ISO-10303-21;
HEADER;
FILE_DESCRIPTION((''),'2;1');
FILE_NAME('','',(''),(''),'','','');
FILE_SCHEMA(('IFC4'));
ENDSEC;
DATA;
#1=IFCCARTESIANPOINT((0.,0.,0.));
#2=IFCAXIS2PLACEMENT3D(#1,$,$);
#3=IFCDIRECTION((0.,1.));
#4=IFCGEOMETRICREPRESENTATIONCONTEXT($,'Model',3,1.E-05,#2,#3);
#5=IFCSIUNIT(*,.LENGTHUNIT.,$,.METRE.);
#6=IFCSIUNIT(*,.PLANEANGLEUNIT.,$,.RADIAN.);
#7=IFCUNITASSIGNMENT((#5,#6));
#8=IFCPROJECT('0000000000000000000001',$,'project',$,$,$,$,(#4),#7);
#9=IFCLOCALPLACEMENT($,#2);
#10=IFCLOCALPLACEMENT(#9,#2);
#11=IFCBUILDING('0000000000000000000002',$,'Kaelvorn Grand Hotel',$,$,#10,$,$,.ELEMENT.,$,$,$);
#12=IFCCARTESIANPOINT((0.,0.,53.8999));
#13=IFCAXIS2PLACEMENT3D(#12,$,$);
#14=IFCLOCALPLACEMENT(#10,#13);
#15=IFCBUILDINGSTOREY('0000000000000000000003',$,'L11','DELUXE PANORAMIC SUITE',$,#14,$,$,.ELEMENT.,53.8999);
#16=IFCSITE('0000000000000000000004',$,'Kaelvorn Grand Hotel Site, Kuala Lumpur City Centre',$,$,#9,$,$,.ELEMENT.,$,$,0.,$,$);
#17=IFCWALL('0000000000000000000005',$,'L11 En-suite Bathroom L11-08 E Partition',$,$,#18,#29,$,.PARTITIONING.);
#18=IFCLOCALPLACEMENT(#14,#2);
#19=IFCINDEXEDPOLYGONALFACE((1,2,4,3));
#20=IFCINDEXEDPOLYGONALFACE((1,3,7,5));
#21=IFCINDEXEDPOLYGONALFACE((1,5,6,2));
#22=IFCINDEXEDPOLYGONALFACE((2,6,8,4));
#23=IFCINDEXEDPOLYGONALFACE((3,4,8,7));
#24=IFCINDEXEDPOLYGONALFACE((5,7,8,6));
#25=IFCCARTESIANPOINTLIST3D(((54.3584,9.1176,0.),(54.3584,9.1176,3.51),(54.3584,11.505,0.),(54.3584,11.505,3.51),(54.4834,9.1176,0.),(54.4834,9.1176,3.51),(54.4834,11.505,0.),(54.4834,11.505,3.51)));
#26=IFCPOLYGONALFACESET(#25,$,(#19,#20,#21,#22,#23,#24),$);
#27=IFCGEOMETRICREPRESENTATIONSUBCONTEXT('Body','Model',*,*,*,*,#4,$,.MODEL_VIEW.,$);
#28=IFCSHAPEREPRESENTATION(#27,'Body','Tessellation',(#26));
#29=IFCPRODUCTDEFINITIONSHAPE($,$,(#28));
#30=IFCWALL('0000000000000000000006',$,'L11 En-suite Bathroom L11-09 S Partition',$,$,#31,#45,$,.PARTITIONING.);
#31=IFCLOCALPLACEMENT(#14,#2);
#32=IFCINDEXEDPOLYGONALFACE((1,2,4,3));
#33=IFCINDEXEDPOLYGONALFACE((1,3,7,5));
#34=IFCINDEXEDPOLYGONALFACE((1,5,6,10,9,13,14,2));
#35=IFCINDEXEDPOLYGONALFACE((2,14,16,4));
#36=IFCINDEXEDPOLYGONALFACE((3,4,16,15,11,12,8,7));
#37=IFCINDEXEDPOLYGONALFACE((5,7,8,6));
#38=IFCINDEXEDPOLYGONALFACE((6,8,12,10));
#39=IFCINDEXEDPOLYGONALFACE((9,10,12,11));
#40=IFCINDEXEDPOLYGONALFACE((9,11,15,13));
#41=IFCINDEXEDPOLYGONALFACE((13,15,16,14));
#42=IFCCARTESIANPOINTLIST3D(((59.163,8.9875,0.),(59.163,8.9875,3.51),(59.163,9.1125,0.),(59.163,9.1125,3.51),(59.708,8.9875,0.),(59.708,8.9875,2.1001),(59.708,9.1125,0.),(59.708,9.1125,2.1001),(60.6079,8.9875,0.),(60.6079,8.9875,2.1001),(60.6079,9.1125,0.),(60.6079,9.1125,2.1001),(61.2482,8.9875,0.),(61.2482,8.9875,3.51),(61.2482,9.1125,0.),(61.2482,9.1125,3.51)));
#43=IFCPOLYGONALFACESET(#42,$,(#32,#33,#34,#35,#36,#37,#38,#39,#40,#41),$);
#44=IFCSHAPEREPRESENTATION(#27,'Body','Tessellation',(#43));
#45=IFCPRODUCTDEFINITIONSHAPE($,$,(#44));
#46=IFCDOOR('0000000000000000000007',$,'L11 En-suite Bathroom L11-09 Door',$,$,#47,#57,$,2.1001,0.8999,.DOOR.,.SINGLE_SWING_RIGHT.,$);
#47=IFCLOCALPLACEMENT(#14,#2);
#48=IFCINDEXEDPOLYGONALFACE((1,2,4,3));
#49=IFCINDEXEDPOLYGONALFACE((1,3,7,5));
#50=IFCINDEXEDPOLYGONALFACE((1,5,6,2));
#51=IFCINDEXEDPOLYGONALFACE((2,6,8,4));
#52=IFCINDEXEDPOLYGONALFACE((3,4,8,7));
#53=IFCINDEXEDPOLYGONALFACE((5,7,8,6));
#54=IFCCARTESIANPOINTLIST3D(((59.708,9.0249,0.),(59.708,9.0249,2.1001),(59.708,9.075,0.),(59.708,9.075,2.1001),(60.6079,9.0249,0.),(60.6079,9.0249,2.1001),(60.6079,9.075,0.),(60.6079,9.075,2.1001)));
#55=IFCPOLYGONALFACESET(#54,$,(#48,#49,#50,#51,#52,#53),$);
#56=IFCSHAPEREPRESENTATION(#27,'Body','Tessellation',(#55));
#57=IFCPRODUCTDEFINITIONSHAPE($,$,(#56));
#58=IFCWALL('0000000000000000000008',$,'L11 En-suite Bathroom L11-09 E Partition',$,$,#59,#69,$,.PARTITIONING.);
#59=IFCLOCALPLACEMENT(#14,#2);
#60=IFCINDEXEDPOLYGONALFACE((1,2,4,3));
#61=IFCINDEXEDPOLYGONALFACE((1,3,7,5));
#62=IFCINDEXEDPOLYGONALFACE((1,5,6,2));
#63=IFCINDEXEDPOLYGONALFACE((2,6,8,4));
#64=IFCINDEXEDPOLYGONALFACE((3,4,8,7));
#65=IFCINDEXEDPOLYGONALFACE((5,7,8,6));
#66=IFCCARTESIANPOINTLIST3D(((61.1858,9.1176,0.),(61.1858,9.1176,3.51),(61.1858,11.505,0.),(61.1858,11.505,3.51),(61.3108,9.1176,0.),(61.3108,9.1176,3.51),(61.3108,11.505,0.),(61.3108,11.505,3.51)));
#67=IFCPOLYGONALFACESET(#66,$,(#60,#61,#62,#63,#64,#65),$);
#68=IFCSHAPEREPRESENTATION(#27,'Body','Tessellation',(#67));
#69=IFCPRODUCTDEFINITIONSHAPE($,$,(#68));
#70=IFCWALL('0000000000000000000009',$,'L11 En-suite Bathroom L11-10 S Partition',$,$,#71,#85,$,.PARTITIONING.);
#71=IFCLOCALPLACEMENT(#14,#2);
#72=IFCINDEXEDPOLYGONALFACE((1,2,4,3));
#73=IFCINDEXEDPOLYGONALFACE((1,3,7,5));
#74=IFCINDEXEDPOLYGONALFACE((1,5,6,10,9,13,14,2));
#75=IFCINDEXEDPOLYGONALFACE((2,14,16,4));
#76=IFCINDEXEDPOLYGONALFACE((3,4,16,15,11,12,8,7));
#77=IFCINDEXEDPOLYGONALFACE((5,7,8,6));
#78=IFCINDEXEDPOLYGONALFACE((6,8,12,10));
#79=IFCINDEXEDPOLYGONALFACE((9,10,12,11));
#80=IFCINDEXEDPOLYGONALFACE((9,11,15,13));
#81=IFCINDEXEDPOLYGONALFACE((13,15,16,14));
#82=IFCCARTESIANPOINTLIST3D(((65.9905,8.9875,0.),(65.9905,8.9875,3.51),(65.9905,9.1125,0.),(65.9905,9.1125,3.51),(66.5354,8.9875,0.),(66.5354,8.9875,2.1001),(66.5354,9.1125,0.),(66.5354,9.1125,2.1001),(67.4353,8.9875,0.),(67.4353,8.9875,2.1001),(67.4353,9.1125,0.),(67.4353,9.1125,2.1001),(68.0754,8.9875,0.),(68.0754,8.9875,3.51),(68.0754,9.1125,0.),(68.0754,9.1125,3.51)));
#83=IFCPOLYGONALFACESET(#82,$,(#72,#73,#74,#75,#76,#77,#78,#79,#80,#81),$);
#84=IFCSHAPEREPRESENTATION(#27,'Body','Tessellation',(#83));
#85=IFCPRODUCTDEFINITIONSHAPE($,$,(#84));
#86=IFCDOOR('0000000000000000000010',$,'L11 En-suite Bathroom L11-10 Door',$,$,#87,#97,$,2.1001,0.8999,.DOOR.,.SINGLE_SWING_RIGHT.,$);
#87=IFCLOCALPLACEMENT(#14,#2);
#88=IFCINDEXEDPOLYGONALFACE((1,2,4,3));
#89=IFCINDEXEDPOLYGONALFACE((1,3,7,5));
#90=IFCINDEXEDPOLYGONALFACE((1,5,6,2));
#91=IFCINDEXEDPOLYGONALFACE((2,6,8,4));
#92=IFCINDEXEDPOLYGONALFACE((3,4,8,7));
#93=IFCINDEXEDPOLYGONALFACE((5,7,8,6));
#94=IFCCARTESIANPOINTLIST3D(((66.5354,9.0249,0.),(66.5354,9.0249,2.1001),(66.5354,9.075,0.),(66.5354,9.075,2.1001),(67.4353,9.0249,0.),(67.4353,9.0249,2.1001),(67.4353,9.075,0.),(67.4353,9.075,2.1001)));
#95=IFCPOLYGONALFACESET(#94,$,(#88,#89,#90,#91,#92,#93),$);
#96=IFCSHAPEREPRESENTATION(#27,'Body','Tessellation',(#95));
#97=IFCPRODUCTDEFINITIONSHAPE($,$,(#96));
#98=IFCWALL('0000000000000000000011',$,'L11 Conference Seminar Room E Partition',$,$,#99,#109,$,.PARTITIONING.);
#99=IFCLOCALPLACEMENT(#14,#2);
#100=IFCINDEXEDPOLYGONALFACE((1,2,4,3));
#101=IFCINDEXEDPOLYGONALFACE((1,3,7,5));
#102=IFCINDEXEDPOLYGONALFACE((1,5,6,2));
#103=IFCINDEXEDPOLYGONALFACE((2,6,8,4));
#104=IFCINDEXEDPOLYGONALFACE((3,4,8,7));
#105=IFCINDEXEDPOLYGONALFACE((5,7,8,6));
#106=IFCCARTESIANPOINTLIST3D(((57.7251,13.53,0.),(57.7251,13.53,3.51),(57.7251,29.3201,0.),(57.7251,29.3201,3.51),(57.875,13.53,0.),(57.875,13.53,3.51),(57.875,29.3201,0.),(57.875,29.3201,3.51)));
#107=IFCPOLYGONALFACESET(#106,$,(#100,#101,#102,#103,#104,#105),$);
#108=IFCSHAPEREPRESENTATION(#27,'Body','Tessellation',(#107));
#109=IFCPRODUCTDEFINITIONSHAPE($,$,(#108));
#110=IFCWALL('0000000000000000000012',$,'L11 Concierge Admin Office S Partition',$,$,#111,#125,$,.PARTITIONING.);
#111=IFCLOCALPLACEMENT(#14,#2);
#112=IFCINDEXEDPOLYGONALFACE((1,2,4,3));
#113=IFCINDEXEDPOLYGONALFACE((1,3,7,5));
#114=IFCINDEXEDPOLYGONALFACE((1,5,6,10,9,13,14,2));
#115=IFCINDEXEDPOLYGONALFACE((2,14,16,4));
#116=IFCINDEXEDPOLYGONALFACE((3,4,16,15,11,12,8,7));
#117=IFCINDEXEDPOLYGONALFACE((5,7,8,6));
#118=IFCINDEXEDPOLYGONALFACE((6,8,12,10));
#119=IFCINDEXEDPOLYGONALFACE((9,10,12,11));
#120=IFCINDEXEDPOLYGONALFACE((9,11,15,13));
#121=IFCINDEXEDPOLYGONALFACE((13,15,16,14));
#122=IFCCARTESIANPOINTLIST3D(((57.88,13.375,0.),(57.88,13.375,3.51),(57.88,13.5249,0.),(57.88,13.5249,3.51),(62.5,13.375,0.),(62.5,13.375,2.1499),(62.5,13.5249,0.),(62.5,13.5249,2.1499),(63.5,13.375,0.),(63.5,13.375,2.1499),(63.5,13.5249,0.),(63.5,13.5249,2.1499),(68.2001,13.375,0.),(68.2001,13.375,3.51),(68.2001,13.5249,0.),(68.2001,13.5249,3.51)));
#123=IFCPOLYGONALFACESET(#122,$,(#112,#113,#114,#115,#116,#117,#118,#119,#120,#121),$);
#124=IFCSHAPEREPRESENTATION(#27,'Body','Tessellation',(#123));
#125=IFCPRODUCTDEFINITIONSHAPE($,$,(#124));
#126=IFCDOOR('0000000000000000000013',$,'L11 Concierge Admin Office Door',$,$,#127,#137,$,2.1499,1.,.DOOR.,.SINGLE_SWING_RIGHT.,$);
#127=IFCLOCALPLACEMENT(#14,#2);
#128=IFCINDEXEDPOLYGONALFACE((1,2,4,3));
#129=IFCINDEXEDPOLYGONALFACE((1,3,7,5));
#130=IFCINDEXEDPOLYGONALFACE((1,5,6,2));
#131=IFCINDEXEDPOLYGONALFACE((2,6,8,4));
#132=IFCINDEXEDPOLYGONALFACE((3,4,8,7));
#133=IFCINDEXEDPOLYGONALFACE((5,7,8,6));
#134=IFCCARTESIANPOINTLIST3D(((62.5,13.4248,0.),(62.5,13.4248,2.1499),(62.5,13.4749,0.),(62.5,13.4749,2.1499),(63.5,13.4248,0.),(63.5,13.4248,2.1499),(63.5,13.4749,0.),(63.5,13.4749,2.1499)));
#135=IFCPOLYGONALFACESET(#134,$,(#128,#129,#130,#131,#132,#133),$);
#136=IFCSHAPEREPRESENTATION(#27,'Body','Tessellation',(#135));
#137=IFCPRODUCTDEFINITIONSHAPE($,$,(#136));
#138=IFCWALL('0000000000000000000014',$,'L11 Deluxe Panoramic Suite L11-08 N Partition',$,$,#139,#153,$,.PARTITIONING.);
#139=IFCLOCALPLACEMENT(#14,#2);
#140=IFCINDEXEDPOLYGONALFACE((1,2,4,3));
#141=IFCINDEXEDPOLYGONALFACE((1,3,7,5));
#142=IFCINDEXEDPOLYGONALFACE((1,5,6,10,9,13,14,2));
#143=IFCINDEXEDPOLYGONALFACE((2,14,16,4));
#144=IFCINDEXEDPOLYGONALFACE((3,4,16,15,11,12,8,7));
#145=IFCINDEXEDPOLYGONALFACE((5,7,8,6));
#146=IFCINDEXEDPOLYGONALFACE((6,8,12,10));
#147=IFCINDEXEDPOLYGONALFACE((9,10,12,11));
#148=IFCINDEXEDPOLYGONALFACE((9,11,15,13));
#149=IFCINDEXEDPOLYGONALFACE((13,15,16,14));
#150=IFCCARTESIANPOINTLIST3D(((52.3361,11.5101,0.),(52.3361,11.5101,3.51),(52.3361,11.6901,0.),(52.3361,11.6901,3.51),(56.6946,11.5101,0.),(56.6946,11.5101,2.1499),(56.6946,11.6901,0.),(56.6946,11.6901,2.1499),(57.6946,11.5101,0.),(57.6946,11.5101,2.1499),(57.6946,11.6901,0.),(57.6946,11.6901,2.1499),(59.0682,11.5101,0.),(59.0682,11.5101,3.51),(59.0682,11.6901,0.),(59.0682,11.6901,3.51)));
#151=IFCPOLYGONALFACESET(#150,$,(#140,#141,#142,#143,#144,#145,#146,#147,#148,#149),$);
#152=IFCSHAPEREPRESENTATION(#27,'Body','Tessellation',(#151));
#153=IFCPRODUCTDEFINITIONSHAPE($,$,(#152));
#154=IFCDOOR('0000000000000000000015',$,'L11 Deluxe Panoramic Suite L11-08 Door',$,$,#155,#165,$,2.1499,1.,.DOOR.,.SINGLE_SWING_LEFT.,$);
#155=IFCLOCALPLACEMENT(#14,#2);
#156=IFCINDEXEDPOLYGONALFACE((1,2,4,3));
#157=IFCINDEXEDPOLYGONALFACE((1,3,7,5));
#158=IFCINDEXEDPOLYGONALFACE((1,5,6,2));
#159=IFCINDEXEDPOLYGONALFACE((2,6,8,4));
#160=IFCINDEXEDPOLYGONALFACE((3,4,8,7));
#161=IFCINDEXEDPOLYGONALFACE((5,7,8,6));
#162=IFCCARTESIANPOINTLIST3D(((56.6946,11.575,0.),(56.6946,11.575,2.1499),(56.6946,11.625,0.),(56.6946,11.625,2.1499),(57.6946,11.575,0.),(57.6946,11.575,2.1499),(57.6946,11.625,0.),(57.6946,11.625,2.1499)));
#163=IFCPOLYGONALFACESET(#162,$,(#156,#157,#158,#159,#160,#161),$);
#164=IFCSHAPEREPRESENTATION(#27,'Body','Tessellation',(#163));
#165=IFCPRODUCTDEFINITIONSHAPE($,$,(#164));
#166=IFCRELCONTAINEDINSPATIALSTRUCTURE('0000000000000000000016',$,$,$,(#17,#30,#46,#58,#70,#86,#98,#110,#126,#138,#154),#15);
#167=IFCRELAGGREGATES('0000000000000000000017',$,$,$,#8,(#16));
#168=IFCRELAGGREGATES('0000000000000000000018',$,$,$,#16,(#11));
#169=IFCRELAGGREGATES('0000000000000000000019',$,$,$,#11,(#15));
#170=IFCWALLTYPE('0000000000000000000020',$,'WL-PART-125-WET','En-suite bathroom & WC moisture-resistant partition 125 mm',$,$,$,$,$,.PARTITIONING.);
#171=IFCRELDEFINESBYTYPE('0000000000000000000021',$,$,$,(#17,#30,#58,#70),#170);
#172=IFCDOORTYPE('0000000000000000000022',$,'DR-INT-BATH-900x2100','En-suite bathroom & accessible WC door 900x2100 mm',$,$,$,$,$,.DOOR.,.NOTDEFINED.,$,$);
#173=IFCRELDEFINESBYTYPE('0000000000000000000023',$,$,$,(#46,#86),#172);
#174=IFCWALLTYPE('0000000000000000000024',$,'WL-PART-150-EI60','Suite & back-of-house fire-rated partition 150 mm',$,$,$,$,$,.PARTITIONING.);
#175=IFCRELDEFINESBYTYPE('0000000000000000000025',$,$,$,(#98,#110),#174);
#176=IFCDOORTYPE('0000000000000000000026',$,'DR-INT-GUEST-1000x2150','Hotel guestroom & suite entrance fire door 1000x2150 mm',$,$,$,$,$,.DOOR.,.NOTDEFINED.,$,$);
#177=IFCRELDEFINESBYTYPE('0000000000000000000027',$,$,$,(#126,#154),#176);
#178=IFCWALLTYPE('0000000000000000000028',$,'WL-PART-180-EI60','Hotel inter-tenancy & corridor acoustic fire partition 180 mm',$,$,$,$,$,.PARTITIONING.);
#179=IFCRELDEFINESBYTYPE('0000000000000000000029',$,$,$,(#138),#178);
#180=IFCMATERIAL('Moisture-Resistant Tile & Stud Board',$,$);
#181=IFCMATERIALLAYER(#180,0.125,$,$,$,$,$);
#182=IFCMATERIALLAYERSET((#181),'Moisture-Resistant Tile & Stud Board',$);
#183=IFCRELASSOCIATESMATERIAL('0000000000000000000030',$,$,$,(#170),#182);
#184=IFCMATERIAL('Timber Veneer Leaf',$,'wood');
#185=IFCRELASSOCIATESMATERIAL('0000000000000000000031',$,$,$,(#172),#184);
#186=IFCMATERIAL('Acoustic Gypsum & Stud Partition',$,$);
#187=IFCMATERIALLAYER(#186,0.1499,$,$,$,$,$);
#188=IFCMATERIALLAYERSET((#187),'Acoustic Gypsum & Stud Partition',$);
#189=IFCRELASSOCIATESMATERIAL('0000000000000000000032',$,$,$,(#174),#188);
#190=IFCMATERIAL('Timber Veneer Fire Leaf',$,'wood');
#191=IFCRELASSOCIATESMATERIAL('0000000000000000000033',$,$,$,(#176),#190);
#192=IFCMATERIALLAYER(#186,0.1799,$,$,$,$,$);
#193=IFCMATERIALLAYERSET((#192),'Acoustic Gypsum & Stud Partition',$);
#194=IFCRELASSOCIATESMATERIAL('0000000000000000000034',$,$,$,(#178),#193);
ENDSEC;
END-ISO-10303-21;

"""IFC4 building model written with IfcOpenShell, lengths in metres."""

from ifc_helpers import new_model, si_unit, direction, frame, frame_2d, origin, place, context, subcontext, project, spatial, rectangle, extrude, material, layer, layer_set, type_object, element, fill, save


model = new_model("IFC4")

# Units and contexts
model_context = context("Model", 3, precision=1e-05, world=origin(), true_north=direction((0.0, 1.0)))
body_context = subcontext(model_context, "Body", "Model", "MODEL_VIEW")
ifc_project = project(units=[si_unit("LENGTHUNIT", "METRE"), si_unit("PLANEANGLEUNIT", "RADIAN")], contexts=[model_context])

# Site, building, storey
site_placement = place(None, origin())
site = spatial("IfcSite", under=ifc_project, at=site_placement, Name="Kaelvorn Grand Hotel Site, Kuala Lumpur City Centre", CompositionType="ELEMENT", RefElevation=0.0)
building_placement = place(site_placement, origin())
building = spatial("IfcBuilding", under=site, at=building_placement, Name="Kaelvorn Grand Hotel", CompositionType="ELEMENT")
storey_placement = place(building_placement, frame((0.0, 0.0, 53.8999)))
storey = spatial("IfcBuildingStorey", under=building, at=storey_placement, Name="L11", Description="DELUXE PANORAMIC SUITE", CompositionType="ELEMENT", Elevation=53.8999)

# Wall
ifc_material_1 = material(Name="Moisture-Resistant Tile & Stud Board")
ifc_layer_1 = layer(ifc_material_1, 0.125)
ifc_layer_set_1 = layer_set([ifc_layer_1], Name="Moisture-Resistant Tile & Stud Board")
wall_type_1 = type_object("IfcWallType", Name="WL-PART-125-WET", Description="En-suite bathroom & WC moisture-resistant partition 125 mm", PredefinedType="PARTITIONING", material=ifc_layer_set_1)
wall_1_placement = place(storey_placement, frame((54.4209, 9.1174, 0.0), z_axis=(0.0, 0.0, 1.0), x_axis=(0.0, 1.0, 0.0)))
element("IfcWall", 1, at=wall_1_placement, inside=storey, type_object=wall_type_1, Name="L11 En-suite Bathroom L11-08 E Partition", PredefinedType="PARTITIONING", context=body_context, shape_type="SweptSolid", body=[
    extrude(rectangle(XDim=2.3875, YDim=0.125, at=frame_2d((1.1938, 0.0))), origin(), (0.0, 0.0, 1.0), 3.51),
])

# Wall, opening, door
wall_2_placement = place(storey_placement, frame((59.1631, 9.05, 0.0), z_axis=(0.0, 0.0, 1.0), x_axis=(1.0, 0.0, 0.0)))
wall_2 = element("IfcWall", 2, at=wall_2_placement, inside=storey, type_object=wall_type_1, Name="L11 En-suite Bathroom L11-09 S Partition", PredefinedType="PARTITIONING", context=body_context, shape_type="SweptSolid", body=[
    extrude(rectangle(XDim=2.0852, YDim=0.125, at=frame_2d((1.0425, 0.0))), origin(), (0.0, 0.0, 1.0), 3.51),
])
opening_1_placement = place(wall_2_placement, frame((0.5449, 0.0, 0.0)))
opening_1 = element("IfcOpeningElement", 3, at=opening_1_placement, cuts=wall_2, PredefinedType="OPENING", context=body_context, shape_type="SweptSolid", body=[
    extrude(rectangle(XDim=0.8999, YDim=2.1001, at=frame_2d((0.45, 1.05))), frame((0.0, 0.0725, 0.0), z_axis=(0.0, -1.0, 0.0), x_axis=(1.0, 0.0, 0.0)), (0.0, 0.0, 1.0), 0.145),
])
ifc_material_2 = material(Name="Timber Veneer Leaf", Category="wood")
door_type_1 = type_object("IfcDoorType", Name="DR-INT-BATH-900x2100", Description="En-suite bathroom & accessible WC door 900x2100 mm", OperationType="NOTDEFINED", PredefinedType="DOOR", material=ifc_material_2)
door_1_placement = place(opening_1_placement, origin())
door_1 = element("IfcDoor", 4, at=door_1_placement, inside=storey, type_object=door_type_1, Name="L11 En-suite Bathroom L11-09 Door", OperationType="SINGLE_SWING_RIGHT", OverallHeight=2.1001, OverallWidth=0.8999, PredefinedType="DOOR", context=body_context, shape_type="SweptSolid", body=[
    extrude(rectangle(XDim=0.8999, YDim=2.1001, at=frame_2d((0.45, 1.05))), frame((0.0, 0.0249, 0.0), z_axis=(0.0, -1.0, 0.0), x_axis=(1.0, 0.0, 0.0)), (0.0, 0.0, 1.0), 0.05),
])
fill(opening_1, door_1)

# Wall
wall_3_placement = place(storey_placement, frame((61.2483, 9.1174, 0.0), z_axis=(0.0, 0.0, 1.0), x_axis=(0.0, 1.0, 0.0)))
element("IfcWall", 5, at=wall_3_placement, inside=storey, type_object=wall_type_1, Name="L11 En-suite Bathroom L11-09 E Partition", PredefinedType="PARTITIONING", context=body_context, shape_type="SweptSolid", body=[
    extrude(rectangle(XDim=2.3875, YDim=0.125, at=frame_2d((1.1938, 0.0))), origin(), (0.0, 0.0, 1.0), 3.51),
])

# Wall, opening, door
wall_4_placement = place(storey_placement, frame((65.9905, 9.05, 0.0), z_axis=(0.0, 0.0, 1.0), x_axis=(1.0, 0.0, 0.0)))
wall_4 = element("IfcWall", 6, at=wall_4_placement, inside=storey, type_object=wall_type_1, Name="L11 En-suite Bathroom L11-10 S Partition", PredefinedType="PARTITIONING", context=body_context, shape_type="SweptSolid", body=[
    extrude(rectangle(XDim=2.085, YDim=0.125, at=frame_2d((1.0425, 0.0))), origin(), (0.0, 0.0, 1.0), 3.51),
])
opening_2_placement = place(wall_4_placement, frame((0.5449, 0.0, 0.0)))
opening_2 = element("IfcOpeningElement", 7, at=opening_2_placement, cuts=wall_4, PredefinedType="OPENING", context=body_context, shape_type="SweptSolid", body=[
    extrude(rectangle(XDim=0.8999, YDim=2.1001, at=frame_2d((0.45, 1.05))), frame((0.0, 0.0725, 0.0), z_axis=(0.0, -1.0, 0.0), x_axis=(1.0, 0.0, 0.0)), (0.0, 0.0, 1.0), 0.145),
])
door_2_placement = place(opening_2_placement, origin())
door_2 = element("IfcDoor", 8, at=door_2_placement, inside=storey, type_object=door_type_1, Name="L11 En-suite Bathroom L11-10 Door", OperationType="SINGLE_SWING_RIGHT", OverallHeight=2.1001, OverallWidth=0.8999, PredefinedType="DOOR", context=body_context, shape_type="SweptSolid", body=[
    extrude(rectangle(XDim=0.8999, YDim=2.1001, at=frame_2d((0.45, 1.05))), frame((0.0, 0.0249, 0.0), z_axis=(0.0, -1.0, 0.0), x_axis=(1.0, 0.0, 0.0)), (0.0, 0.0, 1.0), 0.05),
])
fill(opening_2, door_2)

# Wall
ifc_material_3 = material(Name="Acoustic Gypsum & Stud Partition")
ifc_layer_2 = layer(ifc_material_3, 0.1499)
ifc_layer_set_2 = layer_set([ifc_layer_2], Name="Acoustic Gypsum & Stud Partition")
wall_type_2 = type_object("IfcWallType", Name="WL-PART-150-EI60", Description="Suite & back-of-house fire-rated partition 150 mm", PredefinedType="PARTITIONING", material=ifc_layer_set_2)
wall_5_placement = place(storey_placement, frame((57.8, 13.53, 0.0), z_axis=(0.0, 0.0, 1.0), x_axis=(0.0, 1.0, 0.0)))
element("IfcWall", 9, at=wall_5_placement, inside=storey, type_object=wall_type_2, Name="L11 Conference Seminar Room E Partition", PredefinedType="PARTITIONING", context=body_context, shape_type="SweptSolid", body=[
    extrude(rectangle(XDim=15.79, YDim=0.1499, at=frame_2d((7.895, 0.0))), origin(), (0.0, 0.0, 1.0), 3.51),
])

# Walls, openings, doors
wall_6_placement = place(storey_placement, frame((57.8799, 13.45, 0.0), z_axis=(0.0, 0.0, 1.0), x_axis=(1.0, 0.0, 0.0)))
wall_6 = element("IfcWall", 10, at=wall_6_placement, inside=storey, type_object=wall_type_2, Name="L11 Concierge Admin Office S Partition", PredefinedType="PARTITIONING", context=body_context, shape_type="SweptSolid", body=[
    extrude(rectangle(XDim=10.3201, YDim=0.1499, at=frame_2d((5.1602, 0.0))), origin(), (0.0, 0.0, 1.0), 3.51),
])
opening_3_placement = place(wall_6_placement, frame((4.6201, 0.0, 0.0)))
opening_3 = element("IfcOpeningElement", 11, at=opening_3_placement, cuts=wall_6, PredefinedType="OPENING", context=body_context, shape_type="SweptSolid", body=[
    extrude(rectangle(XDim=1.0, YDim=2.1499, at=frame_2d((0.5, 1.075))), frame((0.0, 0.085, 0.0), z_axis=(0.0, -1.0, 0.0), x_axis=(1.0, 0.0, 0.0)), (0.0, 0.0, 1.0), 0.1699),
])
ifc_material_4 = material(Name="Timber Veneer Fire Leaf", Category="wood")
door_type_2 = type_object("IfcDoorType", Name="DR-INT-GUEST-1000x2150", Description="Hotel guestroom & suite entrance fire door 1000x2150 mm", OperationType="NOTDEFINED", PredefinedType="DOOR", material=ifc_material_4)
door_3_placement = place(opening_3_placement, origin())
door_3 = element("IfcDoor", 12, at=door_3_placement, inside=storey, type_object=door_type_2, Name="L11 Concierge Admin Office Door", OperationType="SINGLE_SWING_RIGHT", OverallHeight=2.1499, OverallWidth=1.0, PredefinedType="DOOR", context=body_context, shape_type="SweptSolid", body=[
    extrude(rectangle(XDim=1.0, YDim=2.1499, at=frame_2d((0.5, 1.075))), frame((0.0, 0.0249, 0.0), z_axis=(0.0, -1.0, 0.0), x_axis=(1.0, 0.0, 0.0)), (0.0, 0.0, 1.0), 0.05),
])
fill(opening_3, door_3)
ifc_layer_3 = layer(ifc_material_3, 0.1799)
ifc_layer_set_3 = layer_set([ifc_layer_3], Name="Acoustic Gypsum & Stud Partition")
wall_type_3 = type_object("IfcWallType", Name="WL-PART-180-EI60", Description="Hotel inter-tenancy & corridor acoustic fire partition 180 mm", PredefinedType="PARTITIONING", material=ifc_layer_set_3)
wall_7_placement = place(storey_placement, frame((52.3359, 11.6001, 0.0), z_axis=(0.0, 0.0, 1.0), x_axis=(1.0, 0.0, 0.0)))
wall_7 = element("IfcWall", 13, at=wall_7_placement, inside=storey, type_object=wall_type_3, Name="L11 Deluxe Panoramic Suite L11-08 N Partition", PredefinedType="PARTITIONING", context=body_context, shape_type="SweptSolid", body=[
    extrude(rectangle(XDim=6.7322, YDim=0.1799, at=frame_2d((3.3662, 0.0))), origin(), (0.0, 0.0, 1.0), 3.51),
])
opening_4_placement = place(wall_7_placement, frame((4.3586, 0.0, 0.0)))
opening_4 = element("IfcOpeningElement", 14, at=opening_4_placement, cuts=wall_7, PredefinedType="OPENING", context=body_context, shape_type="SweptSolid", body=[
    extrude(rectangle(XDim=1.0, YDim=2.1499, at=frame_2d((0.5, 1.075))), frame((0.0, 0.1001, 0.0), z_axis=(0.0, -1.0, 0.0), x_axis=(1.0, 0.0, 0.0)), (0.0, 0.0, 1.0), 0.2),
])
door_4_placement = place(opening_4_placement, origin())
door_4 = element("IfcDoor", 15, at=door_4_placement, inside=storey, type_object=door_type_2, Name="L11 Deluxe Panoramic Suite L11-08 Door", OperationType="SINGLE_SWING_LEFT", OverallHeight=2.1499, OverallWidth=1.0, PredefinedType="DOOR", context=body_context, shape_type="SweptSolid", body=[
    extrude(rectangle(XDim=1.0, YDim=2.1499, at=frame_2d((0.5, 1.075))), frame((0.0, 0.0249, 0.0), z_axis=(0.0, -1.0, 0.0), x_axis=(1.0, 0.0, 0.0)), (0.0, 0.0, 1.0), 0.05),
])
fill(opening_4, door_4)

save(model, "model.ifc")
